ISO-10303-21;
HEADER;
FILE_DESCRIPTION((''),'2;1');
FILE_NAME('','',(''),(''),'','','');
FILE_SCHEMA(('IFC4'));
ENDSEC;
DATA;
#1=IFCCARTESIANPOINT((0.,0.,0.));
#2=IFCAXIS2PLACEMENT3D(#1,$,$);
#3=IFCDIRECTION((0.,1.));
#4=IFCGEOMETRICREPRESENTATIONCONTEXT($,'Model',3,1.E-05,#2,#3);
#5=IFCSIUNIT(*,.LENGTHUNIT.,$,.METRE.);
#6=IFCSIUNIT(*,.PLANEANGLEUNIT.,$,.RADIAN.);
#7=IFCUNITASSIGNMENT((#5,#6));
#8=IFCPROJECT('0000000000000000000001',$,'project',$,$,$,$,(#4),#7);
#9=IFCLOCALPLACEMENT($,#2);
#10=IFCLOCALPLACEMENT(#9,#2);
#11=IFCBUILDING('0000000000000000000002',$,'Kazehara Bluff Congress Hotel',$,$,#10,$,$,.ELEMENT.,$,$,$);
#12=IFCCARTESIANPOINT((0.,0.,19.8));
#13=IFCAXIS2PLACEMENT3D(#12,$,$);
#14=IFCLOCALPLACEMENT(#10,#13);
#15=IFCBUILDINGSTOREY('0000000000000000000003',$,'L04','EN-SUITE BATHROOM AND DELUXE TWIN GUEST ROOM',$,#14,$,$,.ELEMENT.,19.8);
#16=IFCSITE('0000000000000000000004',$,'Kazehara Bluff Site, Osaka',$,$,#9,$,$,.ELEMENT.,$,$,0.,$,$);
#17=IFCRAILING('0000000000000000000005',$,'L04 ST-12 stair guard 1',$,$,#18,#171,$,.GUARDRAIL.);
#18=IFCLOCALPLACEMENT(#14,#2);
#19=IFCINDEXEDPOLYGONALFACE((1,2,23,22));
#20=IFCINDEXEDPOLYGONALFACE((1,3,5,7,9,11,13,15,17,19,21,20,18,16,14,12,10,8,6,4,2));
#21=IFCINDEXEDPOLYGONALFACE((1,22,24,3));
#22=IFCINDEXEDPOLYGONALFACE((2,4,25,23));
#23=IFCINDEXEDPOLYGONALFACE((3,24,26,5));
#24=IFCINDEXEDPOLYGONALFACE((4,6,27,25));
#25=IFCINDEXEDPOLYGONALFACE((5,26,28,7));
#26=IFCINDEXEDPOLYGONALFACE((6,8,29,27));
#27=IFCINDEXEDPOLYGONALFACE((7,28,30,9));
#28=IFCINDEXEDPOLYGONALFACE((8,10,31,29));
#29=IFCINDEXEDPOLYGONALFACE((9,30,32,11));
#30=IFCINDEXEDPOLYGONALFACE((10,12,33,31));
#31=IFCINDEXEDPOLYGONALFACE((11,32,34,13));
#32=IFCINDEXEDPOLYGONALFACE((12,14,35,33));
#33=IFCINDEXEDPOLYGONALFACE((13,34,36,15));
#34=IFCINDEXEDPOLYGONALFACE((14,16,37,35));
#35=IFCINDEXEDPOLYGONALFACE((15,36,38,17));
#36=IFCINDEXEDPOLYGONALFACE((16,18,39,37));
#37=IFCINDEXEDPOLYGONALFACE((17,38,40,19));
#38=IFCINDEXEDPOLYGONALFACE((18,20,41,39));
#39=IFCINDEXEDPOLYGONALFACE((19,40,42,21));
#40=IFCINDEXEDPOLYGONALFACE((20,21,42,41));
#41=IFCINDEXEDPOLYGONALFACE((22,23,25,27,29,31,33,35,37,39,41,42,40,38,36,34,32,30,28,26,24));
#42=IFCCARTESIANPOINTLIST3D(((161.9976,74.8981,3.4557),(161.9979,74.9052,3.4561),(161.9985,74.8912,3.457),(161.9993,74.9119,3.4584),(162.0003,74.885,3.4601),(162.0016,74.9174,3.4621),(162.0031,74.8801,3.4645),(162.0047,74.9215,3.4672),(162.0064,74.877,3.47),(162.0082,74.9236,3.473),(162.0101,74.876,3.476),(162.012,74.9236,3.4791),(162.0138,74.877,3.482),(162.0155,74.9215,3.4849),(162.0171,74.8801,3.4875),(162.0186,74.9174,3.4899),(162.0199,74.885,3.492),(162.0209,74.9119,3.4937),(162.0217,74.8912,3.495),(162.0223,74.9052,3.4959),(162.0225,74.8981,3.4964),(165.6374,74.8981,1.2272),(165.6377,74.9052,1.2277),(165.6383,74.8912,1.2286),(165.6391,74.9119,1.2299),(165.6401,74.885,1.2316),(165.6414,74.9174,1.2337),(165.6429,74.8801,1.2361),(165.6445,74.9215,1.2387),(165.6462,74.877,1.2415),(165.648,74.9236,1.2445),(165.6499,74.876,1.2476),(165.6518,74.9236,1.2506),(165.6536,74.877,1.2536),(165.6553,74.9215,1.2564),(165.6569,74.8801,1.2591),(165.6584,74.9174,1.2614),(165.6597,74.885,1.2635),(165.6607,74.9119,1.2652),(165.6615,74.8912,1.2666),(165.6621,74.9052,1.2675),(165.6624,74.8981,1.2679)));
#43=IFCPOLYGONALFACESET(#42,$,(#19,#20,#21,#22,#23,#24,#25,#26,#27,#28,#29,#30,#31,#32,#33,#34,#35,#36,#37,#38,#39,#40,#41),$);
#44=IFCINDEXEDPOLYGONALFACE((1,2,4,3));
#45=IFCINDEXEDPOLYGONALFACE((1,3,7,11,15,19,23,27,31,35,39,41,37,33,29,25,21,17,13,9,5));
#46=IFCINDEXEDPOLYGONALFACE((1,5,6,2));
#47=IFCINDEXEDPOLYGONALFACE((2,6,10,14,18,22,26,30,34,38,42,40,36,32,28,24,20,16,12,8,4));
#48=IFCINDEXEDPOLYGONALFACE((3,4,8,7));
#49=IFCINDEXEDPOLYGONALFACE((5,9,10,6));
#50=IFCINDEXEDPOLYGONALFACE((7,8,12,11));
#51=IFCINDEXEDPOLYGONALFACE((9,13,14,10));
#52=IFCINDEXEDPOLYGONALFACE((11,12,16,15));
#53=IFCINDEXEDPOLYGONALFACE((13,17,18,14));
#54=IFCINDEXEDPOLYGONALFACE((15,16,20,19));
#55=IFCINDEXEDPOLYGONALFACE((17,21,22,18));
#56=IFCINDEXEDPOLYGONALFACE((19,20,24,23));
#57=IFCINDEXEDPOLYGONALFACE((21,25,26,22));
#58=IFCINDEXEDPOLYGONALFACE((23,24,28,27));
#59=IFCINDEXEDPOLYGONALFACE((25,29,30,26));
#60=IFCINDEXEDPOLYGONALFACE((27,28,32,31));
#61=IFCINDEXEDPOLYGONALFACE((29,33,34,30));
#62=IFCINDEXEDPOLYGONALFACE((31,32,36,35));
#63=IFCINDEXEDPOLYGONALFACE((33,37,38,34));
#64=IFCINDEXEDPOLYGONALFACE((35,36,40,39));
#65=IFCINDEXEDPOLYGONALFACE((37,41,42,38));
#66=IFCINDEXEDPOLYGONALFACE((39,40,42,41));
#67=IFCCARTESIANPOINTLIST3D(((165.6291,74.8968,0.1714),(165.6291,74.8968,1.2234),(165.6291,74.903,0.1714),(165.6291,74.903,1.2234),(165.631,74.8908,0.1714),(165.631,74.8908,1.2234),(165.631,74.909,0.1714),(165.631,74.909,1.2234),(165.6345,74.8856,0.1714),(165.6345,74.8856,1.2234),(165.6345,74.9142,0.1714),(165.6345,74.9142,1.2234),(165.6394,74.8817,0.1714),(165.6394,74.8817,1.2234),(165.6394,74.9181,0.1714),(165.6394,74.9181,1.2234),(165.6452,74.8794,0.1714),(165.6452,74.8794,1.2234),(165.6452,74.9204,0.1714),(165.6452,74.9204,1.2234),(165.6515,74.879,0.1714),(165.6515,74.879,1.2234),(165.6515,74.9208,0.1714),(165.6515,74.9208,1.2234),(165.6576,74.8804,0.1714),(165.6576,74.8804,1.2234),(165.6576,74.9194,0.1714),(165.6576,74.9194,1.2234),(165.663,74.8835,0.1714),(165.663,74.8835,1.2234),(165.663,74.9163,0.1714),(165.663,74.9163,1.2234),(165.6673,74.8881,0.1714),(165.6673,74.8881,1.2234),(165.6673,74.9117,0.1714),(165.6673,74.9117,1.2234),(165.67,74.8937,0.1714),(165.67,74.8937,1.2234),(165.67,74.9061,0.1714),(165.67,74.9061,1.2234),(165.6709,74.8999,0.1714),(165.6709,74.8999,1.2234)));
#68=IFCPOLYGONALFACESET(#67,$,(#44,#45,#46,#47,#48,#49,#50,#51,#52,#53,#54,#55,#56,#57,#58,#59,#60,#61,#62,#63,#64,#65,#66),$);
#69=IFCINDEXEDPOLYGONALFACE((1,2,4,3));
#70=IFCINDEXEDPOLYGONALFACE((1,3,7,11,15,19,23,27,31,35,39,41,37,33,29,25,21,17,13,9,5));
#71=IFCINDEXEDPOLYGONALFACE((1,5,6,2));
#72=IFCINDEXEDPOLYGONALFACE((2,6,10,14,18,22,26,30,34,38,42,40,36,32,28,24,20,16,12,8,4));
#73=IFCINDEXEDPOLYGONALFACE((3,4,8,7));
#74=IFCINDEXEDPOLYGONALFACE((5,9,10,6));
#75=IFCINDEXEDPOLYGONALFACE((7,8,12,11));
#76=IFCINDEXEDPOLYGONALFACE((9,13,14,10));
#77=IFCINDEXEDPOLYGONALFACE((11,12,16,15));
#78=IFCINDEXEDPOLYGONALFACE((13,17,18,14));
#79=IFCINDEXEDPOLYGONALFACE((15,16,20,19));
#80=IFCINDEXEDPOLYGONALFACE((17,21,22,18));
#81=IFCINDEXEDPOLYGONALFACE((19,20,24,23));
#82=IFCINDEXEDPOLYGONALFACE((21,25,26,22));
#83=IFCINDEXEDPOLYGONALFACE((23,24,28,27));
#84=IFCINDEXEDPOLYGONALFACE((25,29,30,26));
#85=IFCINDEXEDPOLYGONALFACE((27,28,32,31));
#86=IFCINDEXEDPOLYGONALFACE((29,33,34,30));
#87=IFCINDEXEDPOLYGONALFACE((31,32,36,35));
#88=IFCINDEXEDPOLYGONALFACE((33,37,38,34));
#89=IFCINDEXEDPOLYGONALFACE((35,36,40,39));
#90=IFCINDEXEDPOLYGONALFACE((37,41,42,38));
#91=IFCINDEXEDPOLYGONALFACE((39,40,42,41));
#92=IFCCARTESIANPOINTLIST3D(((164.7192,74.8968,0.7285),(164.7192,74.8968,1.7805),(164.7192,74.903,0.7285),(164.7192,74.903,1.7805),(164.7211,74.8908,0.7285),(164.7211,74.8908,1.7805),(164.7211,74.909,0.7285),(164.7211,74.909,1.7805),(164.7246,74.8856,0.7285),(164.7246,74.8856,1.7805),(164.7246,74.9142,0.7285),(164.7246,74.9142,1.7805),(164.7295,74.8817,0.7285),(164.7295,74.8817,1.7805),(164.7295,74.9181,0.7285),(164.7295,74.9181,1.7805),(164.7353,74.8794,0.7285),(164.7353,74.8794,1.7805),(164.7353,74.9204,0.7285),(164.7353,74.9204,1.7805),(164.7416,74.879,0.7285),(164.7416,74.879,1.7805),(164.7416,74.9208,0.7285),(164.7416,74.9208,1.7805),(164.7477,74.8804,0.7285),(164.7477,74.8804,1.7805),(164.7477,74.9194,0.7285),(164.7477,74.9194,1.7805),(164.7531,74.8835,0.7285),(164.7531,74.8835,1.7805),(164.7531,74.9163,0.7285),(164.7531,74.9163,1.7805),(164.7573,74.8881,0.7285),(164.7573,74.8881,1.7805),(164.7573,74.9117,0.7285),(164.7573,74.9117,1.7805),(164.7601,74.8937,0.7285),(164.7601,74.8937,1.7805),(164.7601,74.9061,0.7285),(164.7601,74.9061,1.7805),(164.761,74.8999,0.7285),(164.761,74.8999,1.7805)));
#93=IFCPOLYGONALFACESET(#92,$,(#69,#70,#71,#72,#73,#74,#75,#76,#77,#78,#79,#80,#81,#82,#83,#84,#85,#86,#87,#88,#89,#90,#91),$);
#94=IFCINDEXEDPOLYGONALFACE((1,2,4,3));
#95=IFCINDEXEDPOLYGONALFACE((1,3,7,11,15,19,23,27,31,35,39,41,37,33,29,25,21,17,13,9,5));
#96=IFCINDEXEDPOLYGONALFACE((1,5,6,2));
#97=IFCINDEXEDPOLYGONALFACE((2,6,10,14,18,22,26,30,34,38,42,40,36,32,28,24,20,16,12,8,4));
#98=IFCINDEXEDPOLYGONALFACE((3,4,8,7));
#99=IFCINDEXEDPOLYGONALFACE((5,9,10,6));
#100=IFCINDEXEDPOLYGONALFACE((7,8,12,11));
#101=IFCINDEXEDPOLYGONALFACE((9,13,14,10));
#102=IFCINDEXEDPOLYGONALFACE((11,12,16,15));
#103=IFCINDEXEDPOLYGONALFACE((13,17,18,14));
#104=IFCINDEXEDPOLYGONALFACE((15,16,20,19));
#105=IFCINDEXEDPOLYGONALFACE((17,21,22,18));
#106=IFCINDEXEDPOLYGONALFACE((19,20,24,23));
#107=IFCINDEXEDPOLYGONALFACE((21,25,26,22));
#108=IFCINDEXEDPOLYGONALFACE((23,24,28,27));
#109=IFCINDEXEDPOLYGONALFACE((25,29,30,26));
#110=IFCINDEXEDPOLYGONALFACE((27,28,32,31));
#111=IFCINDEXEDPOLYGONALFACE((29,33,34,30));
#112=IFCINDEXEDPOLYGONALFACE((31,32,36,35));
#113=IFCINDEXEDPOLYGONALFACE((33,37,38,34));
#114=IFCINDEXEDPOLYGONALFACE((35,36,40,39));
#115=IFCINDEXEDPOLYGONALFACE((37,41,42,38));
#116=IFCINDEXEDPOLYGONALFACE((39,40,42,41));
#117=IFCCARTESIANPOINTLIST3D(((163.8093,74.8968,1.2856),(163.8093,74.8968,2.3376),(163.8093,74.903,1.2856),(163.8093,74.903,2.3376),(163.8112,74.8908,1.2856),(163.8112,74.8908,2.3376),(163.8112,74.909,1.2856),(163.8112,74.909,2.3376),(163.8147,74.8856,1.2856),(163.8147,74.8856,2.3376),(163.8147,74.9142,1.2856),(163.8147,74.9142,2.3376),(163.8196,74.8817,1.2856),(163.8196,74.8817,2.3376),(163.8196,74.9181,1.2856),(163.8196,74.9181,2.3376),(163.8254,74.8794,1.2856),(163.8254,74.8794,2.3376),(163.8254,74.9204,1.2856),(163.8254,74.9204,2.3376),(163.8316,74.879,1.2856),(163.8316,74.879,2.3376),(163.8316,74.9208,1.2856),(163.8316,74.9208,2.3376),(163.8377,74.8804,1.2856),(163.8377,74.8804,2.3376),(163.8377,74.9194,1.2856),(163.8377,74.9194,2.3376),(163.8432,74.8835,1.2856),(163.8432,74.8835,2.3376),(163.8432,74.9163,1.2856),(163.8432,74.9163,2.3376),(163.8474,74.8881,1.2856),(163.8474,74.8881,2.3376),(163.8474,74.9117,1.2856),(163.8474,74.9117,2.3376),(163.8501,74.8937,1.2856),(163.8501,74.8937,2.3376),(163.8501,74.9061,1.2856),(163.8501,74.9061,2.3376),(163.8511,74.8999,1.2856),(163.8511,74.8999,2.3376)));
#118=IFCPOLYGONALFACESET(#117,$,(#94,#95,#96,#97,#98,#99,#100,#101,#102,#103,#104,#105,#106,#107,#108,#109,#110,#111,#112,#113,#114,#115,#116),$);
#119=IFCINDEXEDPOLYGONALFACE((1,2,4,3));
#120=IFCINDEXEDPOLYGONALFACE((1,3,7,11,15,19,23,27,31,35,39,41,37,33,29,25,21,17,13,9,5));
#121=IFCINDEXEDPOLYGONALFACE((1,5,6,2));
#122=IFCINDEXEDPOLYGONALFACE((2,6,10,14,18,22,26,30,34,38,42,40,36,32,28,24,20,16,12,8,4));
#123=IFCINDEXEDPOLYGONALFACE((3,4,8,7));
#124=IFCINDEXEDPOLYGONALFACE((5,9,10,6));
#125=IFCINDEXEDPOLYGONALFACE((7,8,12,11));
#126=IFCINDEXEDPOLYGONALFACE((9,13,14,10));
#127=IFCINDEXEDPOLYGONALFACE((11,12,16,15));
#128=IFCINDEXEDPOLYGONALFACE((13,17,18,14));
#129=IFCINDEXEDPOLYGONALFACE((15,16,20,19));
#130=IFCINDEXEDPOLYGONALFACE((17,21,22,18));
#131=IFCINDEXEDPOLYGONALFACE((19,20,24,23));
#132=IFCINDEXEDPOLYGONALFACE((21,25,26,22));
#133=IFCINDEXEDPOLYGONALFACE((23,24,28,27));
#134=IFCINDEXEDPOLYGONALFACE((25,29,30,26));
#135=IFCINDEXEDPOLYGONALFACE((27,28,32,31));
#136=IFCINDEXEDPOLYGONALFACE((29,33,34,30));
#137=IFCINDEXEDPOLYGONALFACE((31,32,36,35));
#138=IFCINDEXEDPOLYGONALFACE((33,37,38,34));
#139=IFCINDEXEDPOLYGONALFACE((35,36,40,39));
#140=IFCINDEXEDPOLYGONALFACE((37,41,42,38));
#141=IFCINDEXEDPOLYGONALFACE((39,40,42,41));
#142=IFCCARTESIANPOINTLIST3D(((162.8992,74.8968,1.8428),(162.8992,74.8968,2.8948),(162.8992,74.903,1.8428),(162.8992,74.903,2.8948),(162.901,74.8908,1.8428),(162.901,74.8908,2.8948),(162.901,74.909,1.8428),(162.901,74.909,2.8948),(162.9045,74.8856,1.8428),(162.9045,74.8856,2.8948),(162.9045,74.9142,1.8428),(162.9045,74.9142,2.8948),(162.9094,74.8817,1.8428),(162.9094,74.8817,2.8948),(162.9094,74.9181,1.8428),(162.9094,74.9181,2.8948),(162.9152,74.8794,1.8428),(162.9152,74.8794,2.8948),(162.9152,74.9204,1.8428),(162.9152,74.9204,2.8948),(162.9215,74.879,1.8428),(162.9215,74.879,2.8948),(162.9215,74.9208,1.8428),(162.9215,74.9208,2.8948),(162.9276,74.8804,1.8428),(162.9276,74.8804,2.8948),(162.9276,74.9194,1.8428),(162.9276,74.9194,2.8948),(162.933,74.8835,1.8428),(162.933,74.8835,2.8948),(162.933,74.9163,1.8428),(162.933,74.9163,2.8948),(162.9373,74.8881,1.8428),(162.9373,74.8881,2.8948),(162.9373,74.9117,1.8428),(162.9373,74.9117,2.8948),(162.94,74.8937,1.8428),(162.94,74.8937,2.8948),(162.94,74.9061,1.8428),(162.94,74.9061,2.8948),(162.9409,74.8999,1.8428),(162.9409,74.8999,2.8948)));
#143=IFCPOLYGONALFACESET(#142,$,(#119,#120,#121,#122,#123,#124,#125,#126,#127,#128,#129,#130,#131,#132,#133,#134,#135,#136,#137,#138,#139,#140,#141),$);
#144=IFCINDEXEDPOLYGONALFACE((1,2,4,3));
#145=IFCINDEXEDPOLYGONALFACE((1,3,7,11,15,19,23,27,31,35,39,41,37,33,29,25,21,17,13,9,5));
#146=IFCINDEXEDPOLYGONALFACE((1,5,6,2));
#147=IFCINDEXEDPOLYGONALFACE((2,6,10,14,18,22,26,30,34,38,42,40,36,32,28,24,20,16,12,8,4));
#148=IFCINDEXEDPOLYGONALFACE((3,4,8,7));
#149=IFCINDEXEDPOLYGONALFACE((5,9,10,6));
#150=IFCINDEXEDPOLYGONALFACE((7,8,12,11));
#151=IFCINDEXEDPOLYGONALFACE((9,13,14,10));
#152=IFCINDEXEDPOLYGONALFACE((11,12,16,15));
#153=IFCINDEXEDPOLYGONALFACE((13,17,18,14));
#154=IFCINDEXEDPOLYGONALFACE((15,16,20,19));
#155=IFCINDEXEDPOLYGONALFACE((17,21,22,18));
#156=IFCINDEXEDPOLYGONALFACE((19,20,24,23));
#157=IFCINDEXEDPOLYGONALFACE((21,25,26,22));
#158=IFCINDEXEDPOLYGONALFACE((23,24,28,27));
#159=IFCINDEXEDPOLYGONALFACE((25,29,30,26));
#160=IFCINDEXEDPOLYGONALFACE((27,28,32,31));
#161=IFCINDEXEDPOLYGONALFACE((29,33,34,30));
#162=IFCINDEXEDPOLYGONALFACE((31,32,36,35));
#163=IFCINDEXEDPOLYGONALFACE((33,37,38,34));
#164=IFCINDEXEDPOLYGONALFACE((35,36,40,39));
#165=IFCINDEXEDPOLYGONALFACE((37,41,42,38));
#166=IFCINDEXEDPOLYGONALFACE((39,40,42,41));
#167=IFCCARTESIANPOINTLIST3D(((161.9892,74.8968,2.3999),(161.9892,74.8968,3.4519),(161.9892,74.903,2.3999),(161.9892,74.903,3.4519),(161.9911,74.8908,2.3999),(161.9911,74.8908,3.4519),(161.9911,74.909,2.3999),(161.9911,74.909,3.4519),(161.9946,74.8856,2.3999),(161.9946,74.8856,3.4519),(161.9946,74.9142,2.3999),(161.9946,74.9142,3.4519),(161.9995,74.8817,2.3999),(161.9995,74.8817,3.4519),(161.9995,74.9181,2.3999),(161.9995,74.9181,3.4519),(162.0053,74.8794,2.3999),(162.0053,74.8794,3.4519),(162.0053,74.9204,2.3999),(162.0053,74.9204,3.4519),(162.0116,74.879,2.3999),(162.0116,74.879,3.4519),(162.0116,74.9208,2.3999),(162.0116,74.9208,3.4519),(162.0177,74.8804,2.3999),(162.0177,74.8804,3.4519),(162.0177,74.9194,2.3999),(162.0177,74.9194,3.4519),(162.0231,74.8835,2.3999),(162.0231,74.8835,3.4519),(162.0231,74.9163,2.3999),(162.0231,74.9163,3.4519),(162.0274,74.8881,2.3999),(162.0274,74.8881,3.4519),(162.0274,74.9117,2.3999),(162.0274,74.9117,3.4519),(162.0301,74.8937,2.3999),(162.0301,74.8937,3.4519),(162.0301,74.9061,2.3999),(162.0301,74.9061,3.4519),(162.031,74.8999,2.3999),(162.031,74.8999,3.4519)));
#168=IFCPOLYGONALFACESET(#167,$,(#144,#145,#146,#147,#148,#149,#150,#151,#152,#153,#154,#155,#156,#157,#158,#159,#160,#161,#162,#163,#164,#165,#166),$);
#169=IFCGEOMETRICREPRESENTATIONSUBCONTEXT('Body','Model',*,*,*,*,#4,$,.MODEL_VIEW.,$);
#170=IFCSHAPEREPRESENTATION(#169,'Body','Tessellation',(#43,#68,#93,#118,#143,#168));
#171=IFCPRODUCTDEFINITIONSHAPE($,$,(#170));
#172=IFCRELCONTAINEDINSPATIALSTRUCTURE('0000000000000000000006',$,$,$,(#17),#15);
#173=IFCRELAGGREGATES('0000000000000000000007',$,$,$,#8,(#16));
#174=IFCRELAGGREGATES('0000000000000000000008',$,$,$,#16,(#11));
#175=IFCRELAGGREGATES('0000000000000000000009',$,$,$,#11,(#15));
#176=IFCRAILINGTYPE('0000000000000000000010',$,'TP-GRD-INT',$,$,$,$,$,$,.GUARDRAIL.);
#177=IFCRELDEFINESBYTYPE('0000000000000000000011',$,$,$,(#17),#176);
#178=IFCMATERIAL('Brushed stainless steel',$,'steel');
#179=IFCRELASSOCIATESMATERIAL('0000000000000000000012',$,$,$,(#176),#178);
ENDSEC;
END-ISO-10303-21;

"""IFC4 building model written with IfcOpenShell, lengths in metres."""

from ifc_helpers import new_model, si_unit, direction, frame, origin, origin_2d, place, context, subcontext, project, spatial, circle, extrude, material, type_object, element, save


model = new_model("IFC4")

# Units and contexts
model_context = context("Model", 3, precision=1e-05, world=origin(), true_north=direction((0.0, 1.0)))
body_context = subcontext(model_context, "Body", "Model", "MODEL_VIEW")
ifc_project = project(units=[si_unit("LENGTHUNIT", "METRE"), si_unit("PLANEANGLEUNIT", "RADIAN")], contexts=[model_context])

# Site, building, storey
site_placement = place(None, origin())
site = spatial("IfcSite", under=ifc_project, at=site_placement, Name="Kazehara Bluff Site, Osaka", CompositionType="ELEMENT", RefElevation=0.0)
building_placement = place(site_placement, origin())
building = spatial("IfcBuilding", under=site, at=building_placement, Name="Kazehara Bluff Congress Hotel", CompositionType="ELEMENT")
storey_placement = place(building_placement, frame((0.0, 0.0, 19.8)))
storey = spatial("IfcBuildingStorey", under=building, at=storey_placement, Name="L04", Description="EN-SUITE BATHROOM AND DELUXE TWIN GUEST ROOM", CompositionType="ELEMENT", Elevation=19.8)

# Railing
ifc_material_1 = material(Name="Brushed stainless steel", Category="steel")
railing_type_1 = type_object("IfcRailingType", Name="TP-GRD-INT", PredefinedType="GUARDRAIL", material=ifc_material_1)
railing_1_placement = place(storey_placement, frame((165.6499, 74.8999, 0.1714)))
element("IfcRailing", 1, at=railing_1_placement, inside=storey, type_object=railing_type_1, Name="L04 ST-12 stair guard 1", PredefinedType="GUARDRAIL", context=body_context, shape_type="SweptSolid", body=[
    extrude(circle(Radius=0.0239, at=origin_2d()), frame((0.0, 0.0, 1.0762), z_axis=(-0.85285, 0.0, 0.522156), x_axis=(0.0, -1.0, 0.0)), (0.0, 0.0, 1.0), 4.2678),
    extrude(circle(Radius=0.021, at=origin_2d()), origin(), (0.0, 0.0, 1.0), 1.052),
    extrude(circle(Radius=0.021, at=origin_2d()), frame((-0.9099, 0.0, 0.5571)), (0.0, 0.0, 1.0), 1.052),
    extrude(circle(Radius=0.021, at=origin_2d()), frame((-1.8198, 0.0, 1.1143)), (0.0, 0.0, 1.0), 1.052),
    extrude(circle(Radius=0.021, at=origin_2d()), frame((-2.73, 0.0, 1.6714)), (0.0, 0.0, 1.0), 1.052),
    extrude(circle(Radius=0.021, at=origin_2d()), frame((-3.6399, 0.0, 2.2285)), (0.0, 0.0, 1.0), 1.052),
])

save(model, "model.ifc")
